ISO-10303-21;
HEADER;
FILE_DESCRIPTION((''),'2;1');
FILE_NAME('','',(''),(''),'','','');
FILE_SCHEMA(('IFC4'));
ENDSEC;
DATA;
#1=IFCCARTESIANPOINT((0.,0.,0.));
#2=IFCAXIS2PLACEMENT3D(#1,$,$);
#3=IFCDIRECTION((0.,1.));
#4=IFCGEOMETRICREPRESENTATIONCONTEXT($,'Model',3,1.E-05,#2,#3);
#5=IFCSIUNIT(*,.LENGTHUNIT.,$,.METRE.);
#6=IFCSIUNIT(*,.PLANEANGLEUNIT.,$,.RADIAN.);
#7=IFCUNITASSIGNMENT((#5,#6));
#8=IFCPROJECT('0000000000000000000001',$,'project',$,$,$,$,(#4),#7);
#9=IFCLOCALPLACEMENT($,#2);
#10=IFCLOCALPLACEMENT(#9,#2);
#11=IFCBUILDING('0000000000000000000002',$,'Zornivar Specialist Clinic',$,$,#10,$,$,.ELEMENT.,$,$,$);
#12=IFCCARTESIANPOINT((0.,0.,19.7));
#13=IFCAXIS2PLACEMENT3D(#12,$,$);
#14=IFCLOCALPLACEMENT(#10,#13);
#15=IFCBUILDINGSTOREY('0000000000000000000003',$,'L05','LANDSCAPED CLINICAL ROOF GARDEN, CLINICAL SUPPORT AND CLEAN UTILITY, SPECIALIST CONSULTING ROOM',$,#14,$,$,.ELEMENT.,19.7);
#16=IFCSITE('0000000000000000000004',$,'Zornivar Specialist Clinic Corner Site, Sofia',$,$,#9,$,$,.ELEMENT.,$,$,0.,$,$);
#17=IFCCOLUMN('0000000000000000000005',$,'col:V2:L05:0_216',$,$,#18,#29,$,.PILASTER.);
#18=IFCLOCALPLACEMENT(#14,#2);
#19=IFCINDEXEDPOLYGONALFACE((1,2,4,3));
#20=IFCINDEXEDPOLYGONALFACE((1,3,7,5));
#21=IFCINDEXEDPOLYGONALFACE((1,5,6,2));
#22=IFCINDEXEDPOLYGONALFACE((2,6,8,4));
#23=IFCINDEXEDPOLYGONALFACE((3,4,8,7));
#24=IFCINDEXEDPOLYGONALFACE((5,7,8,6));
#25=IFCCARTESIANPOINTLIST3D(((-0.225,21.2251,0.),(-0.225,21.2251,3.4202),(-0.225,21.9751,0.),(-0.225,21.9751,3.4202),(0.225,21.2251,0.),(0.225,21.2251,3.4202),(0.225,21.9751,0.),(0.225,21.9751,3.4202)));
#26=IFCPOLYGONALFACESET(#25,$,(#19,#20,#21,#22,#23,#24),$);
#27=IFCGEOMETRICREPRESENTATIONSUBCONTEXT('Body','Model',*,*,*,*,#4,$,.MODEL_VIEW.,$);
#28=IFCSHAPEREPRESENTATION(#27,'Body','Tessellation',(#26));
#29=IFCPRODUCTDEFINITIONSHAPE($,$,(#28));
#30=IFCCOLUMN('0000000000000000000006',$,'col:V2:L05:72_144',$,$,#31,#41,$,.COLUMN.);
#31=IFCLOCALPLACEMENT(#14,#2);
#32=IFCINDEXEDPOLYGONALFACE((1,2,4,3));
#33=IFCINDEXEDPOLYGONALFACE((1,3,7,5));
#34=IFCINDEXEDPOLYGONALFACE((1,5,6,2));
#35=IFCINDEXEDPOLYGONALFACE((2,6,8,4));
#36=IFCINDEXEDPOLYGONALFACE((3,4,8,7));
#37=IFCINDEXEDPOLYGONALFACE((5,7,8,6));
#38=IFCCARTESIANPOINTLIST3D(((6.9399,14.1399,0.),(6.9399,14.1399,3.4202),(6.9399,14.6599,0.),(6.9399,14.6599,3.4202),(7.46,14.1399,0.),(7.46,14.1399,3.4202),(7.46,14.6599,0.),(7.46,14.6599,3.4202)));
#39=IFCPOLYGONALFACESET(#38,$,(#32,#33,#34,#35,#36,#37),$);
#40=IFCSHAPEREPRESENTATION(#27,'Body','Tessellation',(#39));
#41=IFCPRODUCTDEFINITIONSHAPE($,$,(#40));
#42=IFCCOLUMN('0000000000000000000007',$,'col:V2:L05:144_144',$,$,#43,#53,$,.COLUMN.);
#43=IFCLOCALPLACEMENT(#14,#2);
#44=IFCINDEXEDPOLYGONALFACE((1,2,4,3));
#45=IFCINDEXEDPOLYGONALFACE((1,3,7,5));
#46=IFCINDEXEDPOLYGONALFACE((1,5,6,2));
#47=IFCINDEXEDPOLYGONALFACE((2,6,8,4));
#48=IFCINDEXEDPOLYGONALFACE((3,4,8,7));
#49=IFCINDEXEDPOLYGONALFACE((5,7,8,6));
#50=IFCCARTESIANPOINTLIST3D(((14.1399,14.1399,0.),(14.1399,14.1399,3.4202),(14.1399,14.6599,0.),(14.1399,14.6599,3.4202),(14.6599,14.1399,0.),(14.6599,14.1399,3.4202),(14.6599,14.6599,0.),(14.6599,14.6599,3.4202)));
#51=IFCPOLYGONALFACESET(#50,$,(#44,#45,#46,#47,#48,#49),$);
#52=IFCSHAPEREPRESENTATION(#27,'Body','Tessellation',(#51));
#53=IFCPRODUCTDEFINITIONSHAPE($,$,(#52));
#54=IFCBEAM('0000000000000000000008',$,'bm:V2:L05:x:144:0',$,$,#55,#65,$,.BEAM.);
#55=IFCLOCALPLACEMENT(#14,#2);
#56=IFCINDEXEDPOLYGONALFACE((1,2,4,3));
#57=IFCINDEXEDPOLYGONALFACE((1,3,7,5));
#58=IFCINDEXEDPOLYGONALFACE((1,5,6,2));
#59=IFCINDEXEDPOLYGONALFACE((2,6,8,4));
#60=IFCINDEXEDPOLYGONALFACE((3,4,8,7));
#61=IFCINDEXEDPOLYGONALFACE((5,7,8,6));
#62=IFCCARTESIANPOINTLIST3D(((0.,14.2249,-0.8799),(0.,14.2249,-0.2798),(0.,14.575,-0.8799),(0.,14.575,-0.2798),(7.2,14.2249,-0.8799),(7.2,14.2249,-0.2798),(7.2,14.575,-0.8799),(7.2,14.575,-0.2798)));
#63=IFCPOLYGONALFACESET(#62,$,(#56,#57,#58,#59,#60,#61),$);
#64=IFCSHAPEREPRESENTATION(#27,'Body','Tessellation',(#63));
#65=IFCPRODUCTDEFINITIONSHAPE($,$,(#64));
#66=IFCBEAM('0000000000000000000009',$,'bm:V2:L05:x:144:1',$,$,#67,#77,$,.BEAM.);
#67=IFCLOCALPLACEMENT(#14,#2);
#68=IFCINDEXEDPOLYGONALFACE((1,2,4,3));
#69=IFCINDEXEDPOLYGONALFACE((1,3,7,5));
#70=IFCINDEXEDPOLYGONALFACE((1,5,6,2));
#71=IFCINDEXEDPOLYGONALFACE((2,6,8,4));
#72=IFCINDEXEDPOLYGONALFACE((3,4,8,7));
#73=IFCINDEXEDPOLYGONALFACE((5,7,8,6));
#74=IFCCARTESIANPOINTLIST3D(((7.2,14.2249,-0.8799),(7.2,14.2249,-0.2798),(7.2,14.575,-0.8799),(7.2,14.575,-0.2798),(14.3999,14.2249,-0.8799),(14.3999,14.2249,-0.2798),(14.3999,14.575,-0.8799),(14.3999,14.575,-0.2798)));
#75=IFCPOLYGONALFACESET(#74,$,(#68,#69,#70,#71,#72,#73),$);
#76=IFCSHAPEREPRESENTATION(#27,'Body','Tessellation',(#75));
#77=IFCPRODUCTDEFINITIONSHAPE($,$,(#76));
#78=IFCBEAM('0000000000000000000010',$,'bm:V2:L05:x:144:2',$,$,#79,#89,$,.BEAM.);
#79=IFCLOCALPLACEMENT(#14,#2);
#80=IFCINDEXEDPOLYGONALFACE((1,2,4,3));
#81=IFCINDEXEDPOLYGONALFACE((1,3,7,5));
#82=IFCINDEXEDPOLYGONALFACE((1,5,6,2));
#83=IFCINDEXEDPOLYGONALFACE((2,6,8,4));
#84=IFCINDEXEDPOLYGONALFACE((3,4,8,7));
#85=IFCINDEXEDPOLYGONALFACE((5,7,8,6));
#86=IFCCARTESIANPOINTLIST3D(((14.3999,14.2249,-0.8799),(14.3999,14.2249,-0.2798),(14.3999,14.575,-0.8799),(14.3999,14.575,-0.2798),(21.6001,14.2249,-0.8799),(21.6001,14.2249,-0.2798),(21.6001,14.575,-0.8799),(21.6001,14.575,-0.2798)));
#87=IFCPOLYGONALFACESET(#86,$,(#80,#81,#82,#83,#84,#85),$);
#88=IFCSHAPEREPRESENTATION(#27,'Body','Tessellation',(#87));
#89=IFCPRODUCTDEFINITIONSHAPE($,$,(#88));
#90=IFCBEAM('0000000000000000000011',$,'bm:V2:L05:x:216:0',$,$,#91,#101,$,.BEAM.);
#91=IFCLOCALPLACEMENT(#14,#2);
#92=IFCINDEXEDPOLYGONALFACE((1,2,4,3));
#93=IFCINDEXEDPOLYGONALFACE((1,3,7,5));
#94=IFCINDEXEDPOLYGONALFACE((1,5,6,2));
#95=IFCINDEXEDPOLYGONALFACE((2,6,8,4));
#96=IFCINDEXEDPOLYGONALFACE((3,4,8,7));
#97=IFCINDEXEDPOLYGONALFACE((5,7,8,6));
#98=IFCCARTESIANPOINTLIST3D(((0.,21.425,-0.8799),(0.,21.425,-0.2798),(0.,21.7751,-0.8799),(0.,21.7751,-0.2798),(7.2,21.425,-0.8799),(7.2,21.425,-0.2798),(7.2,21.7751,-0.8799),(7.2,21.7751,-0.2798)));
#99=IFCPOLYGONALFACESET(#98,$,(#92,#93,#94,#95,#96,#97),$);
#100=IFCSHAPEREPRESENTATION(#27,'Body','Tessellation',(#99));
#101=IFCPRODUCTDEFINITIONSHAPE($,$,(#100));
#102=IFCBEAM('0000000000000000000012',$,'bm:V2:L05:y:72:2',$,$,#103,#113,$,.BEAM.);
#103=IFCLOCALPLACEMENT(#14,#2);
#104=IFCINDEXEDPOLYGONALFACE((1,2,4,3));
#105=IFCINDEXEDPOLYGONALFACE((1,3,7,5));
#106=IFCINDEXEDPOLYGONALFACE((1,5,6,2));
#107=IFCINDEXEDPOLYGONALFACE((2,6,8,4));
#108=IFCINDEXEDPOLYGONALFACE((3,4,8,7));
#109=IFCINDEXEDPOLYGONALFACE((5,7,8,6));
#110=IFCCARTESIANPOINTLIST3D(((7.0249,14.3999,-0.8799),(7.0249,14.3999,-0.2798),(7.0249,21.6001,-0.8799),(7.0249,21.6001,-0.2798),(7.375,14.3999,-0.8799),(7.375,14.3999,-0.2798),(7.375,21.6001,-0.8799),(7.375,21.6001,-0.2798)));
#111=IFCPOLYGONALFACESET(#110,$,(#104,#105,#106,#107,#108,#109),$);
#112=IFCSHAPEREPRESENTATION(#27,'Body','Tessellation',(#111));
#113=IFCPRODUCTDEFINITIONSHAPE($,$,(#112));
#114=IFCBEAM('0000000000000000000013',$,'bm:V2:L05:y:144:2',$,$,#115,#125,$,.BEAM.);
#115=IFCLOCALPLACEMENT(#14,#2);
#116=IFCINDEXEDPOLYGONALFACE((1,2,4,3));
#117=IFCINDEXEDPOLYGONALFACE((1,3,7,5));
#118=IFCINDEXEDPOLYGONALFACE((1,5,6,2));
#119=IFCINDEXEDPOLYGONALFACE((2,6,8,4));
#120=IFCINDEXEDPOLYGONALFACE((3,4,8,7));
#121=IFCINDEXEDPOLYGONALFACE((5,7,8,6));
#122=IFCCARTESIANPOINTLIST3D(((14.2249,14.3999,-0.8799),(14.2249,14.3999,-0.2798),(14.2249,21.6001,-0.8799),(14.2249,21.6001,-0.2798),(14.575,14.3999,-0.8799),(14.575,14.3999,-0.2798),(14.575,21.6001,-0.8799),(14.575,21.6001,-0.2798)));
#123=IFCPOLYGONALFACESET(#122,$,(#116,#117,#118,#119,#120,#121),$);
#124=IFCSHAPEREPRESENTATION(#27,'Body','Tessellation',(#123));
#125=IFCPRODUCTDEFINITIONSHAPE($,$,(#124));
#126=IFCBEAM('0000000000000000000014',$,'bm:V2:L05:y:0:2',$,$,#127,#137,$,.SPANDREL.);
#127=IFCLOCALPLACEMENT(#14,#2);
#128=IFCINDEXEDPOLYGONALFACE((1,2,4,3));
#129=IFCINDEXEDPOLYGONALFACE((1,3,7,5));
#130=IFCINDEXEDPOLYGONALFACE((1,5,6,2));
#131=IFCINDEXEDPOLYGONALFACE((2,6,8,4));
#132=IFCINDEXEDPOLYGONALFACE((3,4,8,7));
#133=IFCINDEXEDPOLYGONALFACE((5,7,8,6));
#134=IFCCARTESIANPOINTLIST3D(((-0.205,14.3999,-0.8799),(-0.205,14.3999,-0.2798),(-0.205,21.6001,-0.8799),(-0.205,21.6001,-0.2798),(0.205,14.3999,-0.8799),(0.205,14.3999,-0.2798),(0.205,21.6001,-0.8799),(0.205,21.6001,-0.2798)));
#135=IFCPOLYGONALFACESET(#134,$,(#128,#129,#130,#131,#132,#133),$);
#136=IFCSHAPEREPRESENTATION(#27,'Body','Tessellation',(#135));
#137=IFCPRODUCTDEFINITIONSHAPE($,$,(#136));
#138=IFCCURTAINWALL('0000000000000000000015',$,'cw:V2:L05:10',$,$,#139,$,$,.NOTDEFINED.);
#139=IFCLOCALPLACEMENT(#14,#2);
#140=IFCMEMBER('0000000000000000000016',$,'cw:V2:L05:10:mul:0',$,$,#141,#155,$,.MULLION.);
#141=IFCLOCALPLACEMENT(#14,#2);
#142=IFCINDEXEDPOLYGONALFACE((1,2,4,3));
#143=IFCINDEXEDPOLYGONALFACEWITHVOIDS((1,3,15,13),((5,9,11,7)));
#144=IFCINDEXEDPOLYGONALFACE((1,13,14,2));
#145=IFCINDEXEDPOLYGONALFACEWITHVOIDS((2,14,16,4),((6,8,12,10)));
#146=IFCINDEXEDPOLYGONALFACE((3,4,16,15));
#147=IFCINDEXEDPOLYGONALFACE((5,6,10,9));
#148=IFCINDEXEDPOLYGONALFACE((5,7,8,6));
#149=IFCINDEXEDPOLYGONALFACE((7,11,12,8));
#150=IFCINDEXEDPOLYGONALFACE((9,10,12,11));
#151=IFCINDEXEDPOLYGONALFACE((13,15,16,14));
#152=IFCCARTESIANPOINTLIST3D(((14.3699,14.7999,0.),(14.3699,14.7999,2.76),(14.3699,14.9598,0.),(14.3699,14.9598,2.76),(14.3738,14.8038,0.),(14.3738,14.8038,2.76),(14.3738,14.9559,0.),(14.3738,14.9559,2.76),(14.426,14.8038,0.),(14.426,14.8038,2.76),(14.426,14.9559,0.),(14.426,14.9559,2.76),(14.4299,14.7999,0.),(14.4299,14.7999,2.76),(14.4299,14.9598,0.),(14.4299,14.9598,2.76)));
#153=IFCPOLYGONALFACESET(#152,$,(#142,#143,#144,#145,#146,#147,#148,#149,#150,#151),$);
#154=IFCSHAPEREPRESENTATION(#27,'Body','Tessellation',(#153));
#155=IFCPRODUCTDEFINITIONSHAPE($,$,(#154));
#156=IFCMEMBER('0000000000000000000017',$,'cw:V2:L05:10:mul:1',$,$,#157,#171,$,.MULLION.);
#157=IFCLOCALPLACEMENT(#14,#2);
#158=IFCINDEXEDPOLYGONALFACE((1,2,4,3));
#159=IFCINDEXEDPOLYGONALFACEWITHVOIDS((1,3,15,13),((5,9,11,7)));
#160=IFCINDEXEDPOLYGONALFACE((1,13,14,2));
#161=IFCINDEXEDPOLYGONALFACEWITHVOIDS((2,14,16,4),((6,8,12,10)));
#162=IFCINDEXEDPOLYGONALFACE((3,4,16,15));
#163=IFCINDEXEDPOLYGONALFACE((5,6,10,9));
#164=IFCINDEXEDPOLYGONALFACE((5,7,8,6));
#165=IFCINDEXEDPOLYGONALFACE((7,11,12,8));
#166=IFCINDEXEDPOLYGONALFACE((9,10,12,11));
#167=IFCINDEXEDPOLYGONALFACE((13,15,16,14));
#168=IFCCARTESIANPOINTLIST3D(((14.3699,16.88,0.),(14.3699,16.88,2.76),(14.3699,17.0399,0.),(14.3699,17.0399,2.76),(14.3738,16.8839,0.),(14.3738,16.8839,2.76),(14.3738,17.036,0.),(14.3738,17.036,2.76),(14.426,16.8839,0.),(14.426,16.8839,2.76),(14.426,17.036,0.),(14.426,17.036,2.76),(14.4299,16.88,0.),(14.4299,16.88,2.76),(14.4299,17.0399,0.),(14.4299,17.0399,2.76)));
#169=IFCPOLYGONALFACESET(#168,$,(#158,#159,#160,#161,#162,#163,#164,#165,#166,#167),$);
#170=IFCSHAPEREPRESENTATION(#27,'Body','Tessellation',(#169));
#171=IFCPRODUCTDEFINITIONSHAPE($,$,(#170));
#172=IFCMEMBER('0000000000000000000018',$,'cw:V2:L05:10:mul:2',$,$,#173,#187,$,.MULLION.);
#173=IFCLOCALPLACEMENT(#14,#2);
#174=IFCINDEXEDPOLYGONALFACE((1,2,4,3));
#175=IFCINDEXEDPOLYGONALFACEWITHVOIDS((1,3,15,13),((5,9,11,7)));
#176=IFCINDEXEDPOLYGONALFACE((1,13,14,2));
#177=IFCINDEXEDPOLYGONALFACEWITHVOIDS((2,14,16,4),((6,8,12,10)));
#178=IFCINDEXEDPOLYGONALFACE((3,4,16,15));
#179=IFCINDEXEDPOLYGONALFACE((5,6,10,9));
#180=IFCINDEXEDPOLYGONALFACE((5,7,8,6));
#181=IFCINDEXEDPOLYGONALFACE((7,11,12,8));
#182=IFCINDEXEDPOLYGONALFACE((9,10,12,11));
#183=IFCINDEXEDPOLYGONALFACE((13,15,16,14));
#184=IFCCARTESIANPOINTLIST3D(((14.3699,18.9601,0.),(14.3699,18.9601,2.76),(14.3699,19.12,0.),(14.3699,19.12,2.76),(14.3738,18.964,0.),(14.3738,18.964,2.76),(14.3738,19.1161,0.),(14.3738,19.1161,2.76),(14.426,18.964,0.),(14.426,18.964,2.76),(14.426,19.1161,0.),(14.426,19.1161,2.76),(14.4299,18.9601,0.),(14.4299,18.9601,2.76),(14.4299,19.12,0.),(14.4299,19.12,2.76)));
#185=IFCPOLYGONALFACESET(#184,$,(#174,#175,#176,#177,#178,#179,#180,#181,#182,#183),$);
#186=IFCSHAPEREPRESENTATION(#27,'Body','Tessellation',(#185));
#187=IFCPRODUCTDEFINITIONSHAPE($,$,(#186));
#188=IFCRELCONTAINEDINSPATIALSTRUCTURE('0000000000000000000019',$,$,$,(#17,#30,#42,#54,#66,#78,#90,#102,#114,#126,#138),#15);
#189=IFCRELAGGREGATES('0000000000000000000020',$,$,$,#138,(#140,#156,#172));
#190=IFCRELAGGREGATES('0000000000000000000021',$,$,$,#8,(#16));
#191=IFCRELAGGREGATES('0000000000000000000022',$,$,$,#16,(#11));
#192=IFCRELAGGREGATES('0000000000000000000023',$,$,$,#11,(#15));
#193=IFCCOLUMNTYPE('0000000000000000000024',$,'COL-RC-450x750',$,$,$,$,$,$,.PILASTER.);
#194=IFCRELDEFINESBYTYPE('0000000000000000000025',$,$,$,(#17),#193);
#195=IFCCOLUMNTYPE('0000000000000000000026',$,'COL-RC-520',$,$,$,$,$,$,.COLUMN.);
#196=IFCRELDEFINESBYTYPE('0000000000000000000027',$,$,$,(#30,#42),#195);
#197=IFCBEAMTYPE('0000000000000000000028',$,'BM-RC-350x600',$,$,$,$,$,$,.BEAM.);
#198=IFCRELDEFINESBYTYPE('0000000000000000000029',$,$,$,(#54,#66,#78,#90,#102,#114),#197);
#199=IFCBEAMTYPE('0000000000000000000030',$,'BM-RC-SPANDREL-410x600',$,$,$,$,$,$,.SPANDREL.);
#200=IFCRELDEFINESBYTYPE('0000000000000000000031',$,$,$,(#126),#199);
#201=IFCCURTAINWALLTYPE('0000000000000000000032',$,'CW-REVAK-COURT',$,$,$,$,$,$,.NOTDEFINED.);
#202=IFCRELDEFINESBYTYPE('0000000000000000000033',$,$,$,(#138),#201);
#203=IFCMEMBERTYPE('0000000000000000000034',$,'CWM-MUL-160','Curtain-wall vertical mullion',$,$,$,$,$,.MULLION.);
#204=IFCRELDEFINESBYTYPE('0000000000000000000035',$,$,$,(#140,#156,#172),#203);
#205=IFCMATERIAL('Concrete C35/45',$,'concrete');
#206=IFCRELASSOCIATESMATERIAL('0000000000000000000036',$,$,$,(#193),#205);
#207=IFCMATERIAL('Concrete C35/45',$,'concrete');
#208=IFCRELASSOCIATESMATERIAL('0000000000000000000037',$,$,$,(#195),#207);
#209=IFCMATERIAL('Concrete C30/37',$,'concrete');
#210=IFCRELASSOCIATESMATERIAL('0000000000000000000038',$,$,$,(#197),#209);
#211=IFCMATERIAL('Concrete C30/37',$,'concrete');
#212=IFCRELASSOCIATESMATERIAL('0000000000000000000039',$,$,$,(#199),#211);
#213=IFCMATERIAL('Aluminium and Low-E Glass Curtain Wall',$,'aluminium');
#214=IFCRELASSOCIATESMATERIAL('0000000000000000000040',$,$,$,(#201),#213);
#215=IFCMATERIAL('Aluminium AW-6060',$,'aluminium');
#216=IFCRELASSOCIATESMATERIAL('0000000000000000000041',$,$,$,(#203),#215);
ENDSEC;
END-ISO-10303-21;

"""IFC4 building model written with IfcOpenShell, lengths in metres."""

from ifc_helpers import new_model, si_unit, direction, frame, origin, origin_2d, place, context, subcontext, project, spatial, rectangle, hollow_rectangle, extrude, material, material_profile, profile_set, type_object, element, aggregate, save


model = new_model("IFC4")

# Units and contexts
model_context = context("Model", 3, precision=1e-05, world=origin(), true_north=direction((0.0, 1.0)))
body_context = subcontext(model_context, "Body", "Model", "MODEL_VIEW")
ifc_project = project(units=[si_unit("LENGTHUNIT", "METRE"), si_unit("PLANEANGLEUNIT", "RADIAN")], contexts=[model_context])

# Site, building, storey
site_placement = place(None, origin())
site = spatial("IfcSite", under=ifc_project, at=site_placement, Name="Zornivar Specialist Clinic Corner Site, Sofia", CompositionType="ELEMENT", RefElevation=0.0)
building_placement = place(site_placement, origin())
building = spatial("IfcBuilding", under=site, at=building_placement, Name="Zornivar Specialist Clinic", CompositionType="ELEMENT")
storey_placement = place(building_placement, frame((0.0, 0.0, 19.7)))
storey = spatial("IfcBuildingStorey", under=building, at=storey_placement, Name="L05", Description="LANDSCAPED CLINICAL ROOF GARDEN, CLINICAL SUPPORT AND CLEAN UTILITY, SPECIALIST CONSULTING ROOM", CompositionType="ELEMENT", Elevation=19.7)

# Columns
ifc_material_1 = material(Name="Concrete C35/45", Category="concrete")
ifc_material_profile_1 = material_profile(ifc_material_1, rectangle(XDim=0.45, YDim=0.75, at=origin_2d()), Name="RC 450x750")
ifc_profile_set_1 = profile_set([ifc_material_profile_1], Name="Concrete C35/45")
column_type_1 = type_object("IfcColumnType", Name="COL-RC-450x750", PredefinedType="PILASTER", material=ifc_profile_set_1)
column_placement = place(storey_placement, frame((0.0, 21.6001, 0.0), z_axis=(0.0, 0.0, 1.0), x_axis=(1.0, 0.0, 0.0)))
element("IfcColumn", 1, at=column_placement, inside=storey, type_object=column_type_1, Name="col:V2:L05:0_216", PredefinedType="PILASTER", context=body_context, shape_type="SweptSolid", body=[
    extrude(rectangle(XDim=0.45, YDim=0.75, at=origin_2d()), origin(), (0.0, 0.0, 1.0), 3.4202),
])
ifc_material_2 = material(Name="Concrete C35/45", Category="concrete")
ifc_material_profile_2 = material_profile(ifc_material_2, rectangle(XDim=0.52, YDim=0.52, at=origin_2d()), Name="RC 520x520")
ifc_profile_set_2 = profile_set([ifc_material_profile_2], Name="Concrete C35/45")
column_type_2 = type_object("IfcColumnType", Name="COL-RC-520", PredefinedType="COLUMN", material=ifc_profile_set_2)
for number, where, z_axis, x_axis, name in (
    (2, (7.2, 14.3999, 0.0), (0.0, 0.0, 1.0), (1.0, 0.0, 0.0), "col:V2:L05:72_144"),
    (3, (14.3999, 14.3999, 0.0), (0.0, 0.0, 1.0), (1.0, 0.0, 0.0), "col:V2:L05:144_144"),
):
    element("IfcColumn", number, at=place(storey_placement, frame(where, z_axis=z_axis, x_axis=x_axis)), inside=storey, type_object=column_type_2, Name=name, PredefinedType="COLUMN", context=body_context, shape_type="SweptSolid", body=[
        extrude(rectangle(XDim=0.52, YDim=0.52, at=origin_2d()), origin(), (0.0, 0.0, 1.0), 3.4202),
    ])

# Beams
ifc_material_3 = material(Name="Concrete C30/37", Category="concrete")
ifc_material_profile_3 = material_profile(ifc_material_3, rectangle(XDim=0.3501, YDim=0.6001, at=origin_2d()), Name="RC 350x600")
ifc_profile_set_3 = profile_set([ifc_material_profile_3], Name="Concrete C30/37")
beam_type_1 = type_object("IfcBeamType", Name="BM-RC-350x600", PredefinedType="BEAM", material=ifc_profile_set_3)
for number, where, z_axis, x_axis, name in (
    (4, (0.0, 14.3999, -0.5798), (1.0, 0.0, 0.0), (0.0, 1.0, 0.0), "bm:V2:L05:x:144:0"),
    (5, (7.2, 14.3999, -0.5798), (1.0, 0.0, 0.0), (0.0, 1.0, 0.0), "bm:V2:L05:x:144:1"),
):
    element("IfcBeam", number, at=place(storey_placement, frame(where, z_axis=z_axis, x_axis=x_axis)), inside=storey, type_object=beam_type_1, Name=name, PredefinedType="BEAM", context=body_context, shape_type="SweptSolid", body=[
        extrude(rectangle(XDim=0.3501, YDim=0.6001, at=origin_2d()), origin(), (0.0, 0.0, 1.0), 7.2),
    ])
beam_1_placement = place(storey_placement, frame((14.3999, 14.3999, -0.5798), z_axis=(1.0, 0.0, 0.0), x_axis=(0.0, 1.0, 0.0)))
element("IfcBeam", 6, at=beam_1_placement, inside=storey, type_object=beam_type_1, Name="bm:V2:L05:x:144:2", PredefinedType="BEAM", context=body_context, shape_type="SweptSolid", body=[
    extrude(rectangle(XDim=0.3501, YDim=0.6001, at=origin_2d()), origin(), (0.0, 0.0, 1.0), 7.2002),
])
beam_2_placement = place(storey_placement, frame((0.0, 21.6001, -0.5798), z_axis=(1.0, 0.0, 0.0), x_axis=(0.0, 1.0, 0.0)))
element("IfcBeam", 7, at=beam_2_placement, inside=storey, type_object=beam_type_1, Name="bm:V2:L05:x:216:0", PredefinedType="BEAM", context=body_context, shape_type="SweptSolid", body=[
    extrude(rectangle(XDim=0.3501, YDim=0.6001, at=origin_2d()), origin(), (0.0, 0.0, 1.0), 7.2),
])
for number, where, z_axis, x_axis, name in (
    (8, (7.2, 14.3999, -0.5798), (0.0, 1.0, 0.0), (-1.0, 0.0, 0.0), "bm:V2:L05:y:72:2"),
    (9, (14.3999, 14.3999, -0.5798), (0.0, 1.0, 0.0), (-1.0, 0.0, 0.0), "bm:V2:L05:y:144:2"),
):
    element("IfcBeam", number, at=place(storey_placement, frame(where, z_axis=z_axis, x_axis=x_axis)), inside=storey, type_object=beam_type_1, Name=name, PredefinedType="BEAM", context=body_context, shape_type="SweptSolid", body=[
        extrude(rectangle(XDim=0.3501, YDim=0.6001, at=origin_2d()), origin(), (0.0, 0.0, 1.0), 7.2002),
    ])
ifc_material_4 = material(Name="Concrete C30/37", Category="concrete")
ifc_material_profile_4 = material_profile(ifc_material_4, rectangle(XDim=0.4099, YDim=0.6001, at=origin_2d()), Name="RC 410x600")
ifc_profile_set_4 = profile_set([ifc_material_profile_4], Name="Concrete C30/37")
beam_type_2 = type_object("IfcBeamType", Name="BM-RC-SPANDREL-410x600", PredefinedType="SPANDREL", material=ifc_profile_set_4)
beam_3_placement = place(storey_placement, frame((0.0, 14.3999, -0.5798), z_axis=(0.0, 1.0, 0.0), x_axis=(-1.0, 0.0, 0.0)))
element("IfcBeam", 10, at=beam_3_placement, inside=storey, type_object=beam_type_2, Name="bm:V2:L05:y:0:2", PredefinedType="SPANDREL", context=body_context, shape_type="SweptSolid", body=[
    extrude(rectangle(XDim=0.4099, YDim=0.6001, at=origin_2d()), origin(), (0.0, 0.0, 1.0), 7.2002),
])

# Curtain wall, members
ifc_material_5 = material(Name="Aluminium and Low-E Glass Curtain Wall", Category="aluminium")
curtain_wall_type = type_object("IfcCurtainWallType", Name="CW-REVAK-COURT", PredefinedType="NOTDEFINED", material=ifc_material_5)
curtain_wall_placement = place(storey_placement, origin())
curtain_wall = element("IfcCurtainWall", 11, at=curtain_wall_placement, inside=storey, type_object=curtain_wall_type, Name="cw:V2:L05:10", PredefinedType="NOTDEFINED")
ifc_material_6 = material(Name="Aluminium AW-6060", Category="aluminium")
ifc_material_profile_5 = material_profile(ifc_material_6, hollow_rectangle(XDim=0.0601, YDim=0.1599, WallThickness=0.0039, at=origin_2d()), Name="ALU 60x160x4")
ifc_profile_set_5 = profile_set([ifc_material_profile_5], Name="Aluminium AW-6060")
member_type_1 = type_object("IfcMemberType", Name="CWM-MUL-160", Description="Curtain-wall vertical mullion", PredefinedType="MULLION", material=ifc_profile_set_5)
member_1_placement = place(storey_placement, frame((14.3999, 14.8799, 0.0), z_axis=(0.0, 0.0, 1.0), x_axis=(1.0, 0.0, 0.0)))
member_1 = element("IfcMember", 12, at=member_1_placement, type_object=member_type_1, Name="cw:V2:L05:10:mul:0", PredefinedType="MULLION", context=body_context, shape_type="SweptSolid", body=[
    extrude(hollow_rectangle(XDim=0.0601, YDim=0.1599, WallThickness=0.0039, at=origin_2d()), origin(), (0.0, 0.0, 1.0), 2.76),
])
member_2_placement = place(storey_placement, frame((14.3999, 16.96, 0.0), z_axis=(0.0, 0.0, 1.0), x_axis=(1.0, 0.0, 0.0)))
member_2 = element("IfcMember", 13, at=member_2_placement, type_object=member_type_1, Name="cw:V2:L05:10:mul:1", PredefinedType="MULLION", context=body_context, shape_type="SweptSolid", body=[
    extrude(hollow_rectangle(XDim=0.0601, YDim=0.1599, WallThickness=0.0039, at=origin_2d()), origin(), (0.0, 0.0, 1.0), 2.76),
])
member_3_placement = place(storey_placement, frame((14.3999, 19.04, 0.0), z_axis=(0.0, 0.0, 1.0), x_axis=(1.0, 0.0, 0.0)))
member_3 = element("IfcMember", 14, at=member_3_placement, type_object=member_type_1, Name="cw:V2:L05:10:mul:2", PredefinedType="MULLION", context=body_context, shape_type="SweptSolid", body=[
    extrude(hollow_rectangle(XDim=0.0601, YDim=0.1599, WallThickness=0.0039, at=origin_2d()), origin(), (0.0, 0.0, 1.0), 2.76),
])
aggregate(curtain_wall, [member_1, member_2, member_3])

save(model, "model.ifc")
